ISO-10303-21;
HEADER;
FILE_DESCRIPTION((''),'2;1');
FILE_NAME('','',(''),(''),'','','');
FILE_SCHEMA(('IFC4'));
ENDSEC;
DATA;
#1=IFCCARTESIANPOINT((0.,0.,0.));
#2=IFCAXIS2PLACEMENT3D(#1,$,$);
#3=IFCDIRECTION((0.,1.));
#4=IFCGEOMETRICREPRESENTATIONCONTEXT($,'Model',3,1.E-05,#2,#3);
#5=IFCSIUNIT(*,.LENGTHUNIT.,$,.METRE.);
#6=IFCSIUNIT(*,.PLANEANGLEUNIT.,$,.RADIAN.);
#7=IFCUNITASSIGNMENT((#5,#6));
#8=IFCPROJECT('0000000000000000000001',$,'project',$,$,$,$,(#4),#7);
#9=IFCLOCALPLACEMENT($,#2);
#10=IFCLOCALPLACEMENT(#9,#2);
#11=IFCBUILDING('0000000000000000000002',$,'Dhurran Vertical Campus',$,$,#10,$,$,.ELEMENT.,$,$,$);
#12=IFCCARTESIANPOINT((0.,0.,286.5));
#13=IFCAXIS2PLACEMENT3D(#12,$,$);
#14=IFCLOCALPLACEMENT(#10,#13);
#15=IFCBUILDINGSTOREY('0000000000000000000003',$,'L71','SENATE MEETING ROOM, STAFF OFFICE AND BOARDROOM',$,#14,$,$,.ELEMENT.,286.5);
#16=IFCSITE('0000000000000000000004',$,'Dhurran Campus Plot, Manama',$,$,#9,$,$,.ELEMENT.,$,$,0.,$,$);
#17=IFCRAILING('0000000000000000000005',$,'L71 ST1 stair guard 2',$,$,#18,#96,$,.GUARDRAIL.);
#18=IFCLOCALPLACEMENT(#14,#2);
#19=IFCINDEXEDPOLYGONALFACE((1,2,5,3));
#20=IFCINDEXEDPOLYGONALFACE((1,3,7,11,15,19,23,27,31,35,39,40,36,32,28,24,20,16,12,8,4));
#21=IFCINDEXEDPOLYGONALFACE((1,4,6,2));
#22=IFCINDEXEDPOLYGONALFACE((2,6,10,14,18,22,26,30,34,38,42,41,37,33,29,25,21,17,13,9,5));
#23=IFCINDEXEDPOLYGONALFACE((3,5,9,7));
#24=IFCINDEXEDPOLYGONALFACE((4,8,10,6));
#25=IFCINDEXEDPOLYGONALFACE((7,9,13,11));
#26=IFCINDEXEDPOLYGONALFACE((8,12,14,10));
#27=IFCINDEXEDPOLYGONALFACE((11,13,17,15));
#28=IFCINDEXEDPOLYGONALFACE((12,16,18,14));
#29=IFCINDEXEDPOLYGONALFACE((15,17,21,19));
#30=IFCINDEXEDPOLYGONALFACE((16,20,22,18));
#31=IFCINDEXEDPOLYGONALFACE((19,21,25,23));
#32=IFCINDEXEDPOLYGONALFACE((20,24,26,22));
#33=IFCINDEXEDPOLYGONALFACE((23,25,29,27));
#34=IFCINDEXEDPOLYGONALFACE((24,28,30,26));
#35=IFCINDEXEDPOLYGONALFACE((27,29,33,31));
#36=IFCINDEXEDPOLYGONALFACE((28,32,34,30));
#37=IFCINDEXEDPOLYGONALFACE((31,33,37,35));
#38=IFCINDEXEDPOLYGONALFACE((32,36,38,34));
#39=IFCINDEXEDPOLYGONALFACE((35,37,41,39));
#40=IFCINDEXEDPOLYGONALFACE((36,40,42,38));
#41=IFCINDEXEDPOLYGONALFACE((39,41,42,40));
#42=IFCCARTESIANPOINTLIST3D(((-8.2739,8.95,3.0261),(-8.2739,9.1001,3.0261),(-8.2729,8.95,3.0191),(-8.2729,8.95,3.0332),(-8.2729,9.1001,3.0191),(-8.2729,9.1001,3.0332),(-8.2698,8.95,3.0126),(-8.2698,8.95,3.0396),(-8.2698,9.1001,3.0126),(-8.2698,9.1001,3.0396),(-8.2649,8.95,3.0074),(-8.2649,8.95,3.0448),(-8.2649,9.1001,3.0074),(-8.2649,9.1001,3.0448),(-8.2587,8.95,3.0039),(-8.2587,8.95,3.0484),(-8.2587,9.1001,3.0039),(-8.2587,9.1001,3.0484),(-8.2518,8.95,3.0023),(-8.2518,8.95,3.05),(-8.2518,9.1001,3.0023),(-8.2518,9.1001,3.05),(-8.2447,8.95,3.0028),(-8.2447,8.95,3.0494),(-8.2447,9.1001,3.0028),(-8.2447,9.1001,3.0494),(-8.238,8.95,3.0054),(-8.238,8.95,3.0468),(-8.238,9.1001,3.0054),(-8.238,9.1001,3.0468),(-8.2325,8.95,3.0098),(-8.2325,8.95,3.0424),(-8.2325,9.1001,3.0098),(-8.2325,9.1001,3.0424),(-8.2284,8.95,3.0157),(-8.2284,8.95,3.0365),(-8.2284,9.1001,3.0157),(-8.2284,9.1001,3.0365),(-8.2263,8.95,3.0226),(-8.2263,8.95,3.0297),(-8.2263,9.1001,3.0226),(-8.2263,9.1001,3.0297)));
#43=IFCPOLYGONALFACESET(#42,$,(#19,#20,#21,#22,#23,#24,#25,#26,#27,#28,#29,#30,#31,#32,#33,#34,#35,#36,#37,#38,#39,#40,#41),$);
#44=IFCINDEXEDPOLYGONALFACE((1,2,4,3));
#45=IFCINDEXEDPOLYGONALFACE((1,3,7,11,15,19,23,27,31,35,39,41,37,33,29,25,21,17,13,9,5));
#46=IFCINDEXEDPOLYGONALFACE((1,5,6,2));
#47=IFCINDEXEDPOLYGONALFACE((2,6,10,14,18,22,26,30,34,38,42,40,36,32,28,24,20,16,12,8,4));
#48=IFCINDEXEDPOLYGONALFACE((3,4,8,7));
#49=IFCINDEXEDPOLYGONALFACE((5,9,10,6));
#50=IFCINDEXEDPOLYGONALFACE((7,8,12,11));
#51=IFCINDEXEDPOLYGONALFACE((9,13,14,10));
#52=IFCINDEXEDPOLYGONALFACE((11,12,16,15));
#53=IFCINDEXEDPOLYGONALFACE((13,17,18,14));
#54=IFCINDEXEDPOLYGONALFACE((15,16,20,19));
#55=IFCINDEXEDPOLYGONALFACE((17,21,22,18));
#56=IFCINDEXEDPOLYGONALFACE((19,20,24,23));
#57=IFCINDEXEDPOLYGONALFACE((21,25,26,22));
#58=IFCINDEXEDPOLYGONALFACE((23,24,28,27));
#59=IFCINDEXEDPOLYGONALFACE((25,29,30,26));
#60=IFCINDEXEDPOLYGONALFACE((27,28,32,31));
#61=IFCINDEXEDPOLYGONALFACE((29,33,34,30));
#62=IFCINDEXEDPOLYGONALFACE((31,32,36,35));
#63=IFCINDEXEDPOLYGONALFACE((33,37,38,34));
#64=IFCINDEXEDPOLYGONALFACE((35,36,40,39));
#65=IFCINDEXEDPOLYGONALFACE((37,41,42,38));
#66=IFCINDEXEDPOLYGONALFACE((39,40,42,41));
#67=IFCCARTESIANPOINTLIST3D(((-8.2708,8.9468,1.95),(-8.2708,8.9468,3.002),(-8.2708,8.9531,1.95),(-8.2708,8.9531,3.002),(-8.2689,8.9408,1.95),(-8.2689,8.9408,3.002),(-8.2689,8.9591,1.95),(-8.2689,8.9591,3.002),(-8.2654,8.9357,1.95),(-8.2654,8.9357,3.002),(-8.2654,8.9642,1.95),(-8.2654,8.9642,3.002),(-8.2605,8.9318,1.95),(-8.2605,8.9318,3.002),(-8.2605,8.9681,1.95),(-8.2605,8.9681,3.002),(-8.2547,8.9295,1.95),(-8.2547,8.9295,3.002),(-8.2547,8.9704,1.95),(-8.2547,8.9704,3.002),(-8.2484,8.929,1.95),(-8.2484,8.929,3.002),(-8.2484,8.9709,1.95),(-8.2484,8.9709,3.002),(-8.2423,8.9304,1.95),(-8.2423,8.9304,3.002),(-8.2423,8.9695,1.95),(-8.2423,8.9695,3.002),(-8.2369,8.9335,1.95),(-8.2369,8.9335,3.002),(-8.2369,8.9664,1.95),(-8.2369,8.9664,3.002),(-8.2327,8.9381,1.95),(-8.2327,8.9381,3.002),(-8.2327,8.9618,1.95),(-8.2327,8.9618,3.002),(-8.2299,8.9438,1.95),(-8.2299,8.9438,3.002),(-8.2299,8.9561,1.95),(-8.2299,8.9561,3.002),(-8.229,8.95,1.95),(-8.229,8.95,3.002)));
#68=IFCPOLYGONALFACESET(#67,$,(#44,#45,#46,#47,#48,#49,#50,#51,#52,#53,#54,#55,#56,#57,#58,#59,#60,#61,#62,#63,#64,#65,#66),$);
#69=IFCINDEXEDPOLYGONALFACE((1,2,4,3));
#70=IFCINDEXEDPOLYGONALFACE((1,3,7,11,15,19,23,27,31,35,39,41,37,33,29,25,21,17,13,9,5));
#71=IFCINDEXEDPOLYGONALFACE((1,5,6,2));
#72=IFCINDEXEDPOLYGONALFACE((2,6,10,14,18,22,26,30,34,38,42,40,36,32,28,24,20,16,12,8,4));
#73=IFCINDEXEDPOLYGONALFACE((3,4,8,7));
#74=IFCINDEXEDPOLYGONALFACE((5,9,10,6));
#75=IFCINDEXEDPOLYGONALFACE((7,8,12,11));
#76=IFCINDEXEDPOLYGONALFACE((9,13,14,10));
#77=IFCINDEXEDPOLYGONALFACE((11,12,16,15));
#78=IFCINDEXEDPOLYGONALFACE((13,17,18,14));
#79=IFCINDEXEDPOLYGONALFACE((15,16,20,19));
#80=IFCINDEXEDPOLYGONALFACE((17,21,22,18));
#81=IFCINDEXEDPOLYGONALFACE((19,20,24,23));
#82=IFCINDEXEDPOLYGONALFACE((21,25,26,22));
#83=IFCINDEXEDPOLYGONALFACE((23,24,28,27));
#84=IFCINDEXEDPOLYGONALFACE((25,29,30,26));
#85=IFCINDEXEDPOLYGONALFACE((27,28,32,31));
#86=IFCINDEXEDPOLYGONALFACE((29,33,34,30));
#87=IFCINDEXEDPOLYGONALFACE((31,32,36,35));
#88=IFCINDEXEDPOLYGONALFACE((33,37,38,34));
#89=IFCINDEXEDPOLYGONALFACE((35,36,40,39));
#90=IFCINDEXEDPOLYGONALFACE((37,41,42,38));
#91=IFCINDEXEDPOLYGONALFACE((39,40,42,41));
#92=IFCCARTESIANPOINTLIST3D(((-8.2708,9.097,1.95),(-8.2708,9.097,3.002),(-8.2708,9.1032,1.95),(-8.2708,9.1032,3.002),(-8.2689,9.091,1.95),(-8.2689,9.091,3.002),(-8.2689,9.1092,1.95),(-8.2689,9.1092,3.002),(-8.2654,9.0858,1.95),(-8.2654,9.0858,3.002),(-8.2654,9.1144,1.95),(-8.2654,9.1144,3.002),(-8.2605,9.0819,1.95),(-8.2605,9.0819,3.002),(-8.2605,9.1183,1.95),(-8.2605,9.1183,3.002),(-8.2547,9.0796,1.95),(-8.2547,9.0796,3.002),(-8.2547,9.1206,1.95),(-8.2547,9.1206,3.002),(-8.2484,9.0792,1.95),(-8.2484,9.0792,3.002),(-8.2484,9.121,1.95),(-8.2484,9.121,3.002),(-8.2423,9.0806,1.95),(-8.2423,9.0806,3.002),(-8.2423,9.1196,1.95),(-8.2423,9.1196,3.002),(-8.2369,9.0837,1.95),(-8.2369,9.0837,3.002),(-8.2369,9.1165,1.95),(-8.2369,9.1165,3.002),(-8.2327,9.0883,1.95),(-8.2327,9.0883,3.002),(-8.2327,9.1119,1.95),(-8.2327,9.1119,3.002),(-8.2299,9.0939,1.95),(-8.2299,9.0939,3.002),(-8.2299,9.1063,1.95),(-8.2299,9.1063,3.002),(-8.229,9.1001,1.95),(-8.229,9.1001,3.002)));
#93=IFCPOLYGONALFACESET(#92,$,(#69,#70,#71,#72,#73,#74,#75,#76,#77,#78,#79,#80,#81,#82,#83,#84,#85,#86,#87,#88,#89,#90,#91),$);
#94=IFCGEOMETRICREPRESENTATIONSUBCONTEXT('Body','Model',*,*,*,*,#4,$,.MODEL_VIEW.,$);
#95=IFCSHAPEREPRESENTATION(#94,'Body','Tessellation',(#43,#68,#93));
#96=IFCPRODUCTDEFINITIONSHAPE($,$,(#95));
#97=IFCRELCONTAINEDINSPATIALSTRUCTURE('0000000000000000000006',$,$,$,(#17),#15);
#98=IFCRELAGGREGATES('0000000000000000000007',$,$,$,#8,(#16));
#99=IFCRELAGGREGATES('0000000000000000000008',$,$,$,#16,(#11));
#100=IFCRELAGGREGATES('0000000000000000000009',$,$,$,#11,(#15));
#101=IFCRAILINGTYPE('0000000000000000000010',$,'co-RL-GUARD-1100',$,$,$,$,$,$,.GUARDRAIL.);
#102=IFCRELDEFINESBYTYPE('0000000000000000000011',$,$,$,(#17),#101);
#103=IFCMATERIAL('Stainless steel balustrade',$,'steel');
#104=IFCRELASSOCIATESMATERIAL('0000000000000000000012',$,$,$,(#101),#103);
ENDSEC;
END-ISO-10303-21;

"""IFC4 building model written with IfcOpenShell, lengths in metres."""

from ifc_helpers import new_model, si_unit, direction, frame, origin, origin_2d, place, context, subcontext, project, spatial, circle, extrude, material, type_object, element, save


model = new_model("IFC4")

# Units and contexts
model_context = context("Model", 3, precision=1e-05, world=origin(), true_north=direction((0.0, 1.0)))
body_context = subcontext(model_context, "Body", "Model", "MODEL_VIEW")
ifc_project = project(units=[si_unit("LENGTHUNIT", "METRE"), si_unit("PLANEANGLEUNIT", "RADIAN")], contexts=[model_context])

# Site, building, storey
site_placement = place(None, origin())
site = spatial("IfcSite", under=ifc_project, at=site_placement, Name="Dhurran Campus Plot, Manama", CompositionType="ELEMENT", RefElevation=0.0)
building_placement = place(site_placement, origin())
building = spatial("IfcBuilding", under=site, at=building_placement, Name="Dhurran Vertical Campus", CompositionType="ELEMENT")
storey_placement = place(building_placement, frame((0.0, 0.0, 286.5)))
storey = spatial("IfcBuildingStorey", under=building, at=storey_placement, Name="L71", Description="SENATE MEETING ROOM, STAFF OFFICE AND BOARDROOM", CompositionType="ELEMENT", Elevation=286.5)

# Railing
ifc_material_1 = material(Name="Stainless steel balustrade", Category="steel")
railing_type_1 = type_object("IfcRailingType", Name="co-RL-GUARD-1100", PredefinedType="GUARDRAIL", material=ifc_material_1)
railing_1_placement = place(storey_placement, frame((-8.25, 8.95, 1.95)))
element("IfcRailing", 1, at=railing_1_placement, inside=storey, type_object=railing_type_1, Name="L71 ST1 stair guard 2", PredefinedType="GUARDRAIL", context=body_context, shape_type="SweptSolid", body=[
    extrude(circle(Radius=0.0239, at=origin_2d()), frame((0.0, 0.0, 1.0762), z_axis=(0.0, 1.0, 0.0), x_axis=(-1.0, 0.0, 0.0)), (0.0, 0.0, 1.0), 0.1501),
    extrude(circle(Radius=0.021, at=origin_2d()), origin(), (0.0, 0.0, 1.0), 1.052),
    extrude(circle(Radius=0.021, at=origin_2d()), frame((0.0, 0.1501, 0.0)), (0.0, 0.0, 1.0), 1.052),
])

save(model, "model.ifc")
